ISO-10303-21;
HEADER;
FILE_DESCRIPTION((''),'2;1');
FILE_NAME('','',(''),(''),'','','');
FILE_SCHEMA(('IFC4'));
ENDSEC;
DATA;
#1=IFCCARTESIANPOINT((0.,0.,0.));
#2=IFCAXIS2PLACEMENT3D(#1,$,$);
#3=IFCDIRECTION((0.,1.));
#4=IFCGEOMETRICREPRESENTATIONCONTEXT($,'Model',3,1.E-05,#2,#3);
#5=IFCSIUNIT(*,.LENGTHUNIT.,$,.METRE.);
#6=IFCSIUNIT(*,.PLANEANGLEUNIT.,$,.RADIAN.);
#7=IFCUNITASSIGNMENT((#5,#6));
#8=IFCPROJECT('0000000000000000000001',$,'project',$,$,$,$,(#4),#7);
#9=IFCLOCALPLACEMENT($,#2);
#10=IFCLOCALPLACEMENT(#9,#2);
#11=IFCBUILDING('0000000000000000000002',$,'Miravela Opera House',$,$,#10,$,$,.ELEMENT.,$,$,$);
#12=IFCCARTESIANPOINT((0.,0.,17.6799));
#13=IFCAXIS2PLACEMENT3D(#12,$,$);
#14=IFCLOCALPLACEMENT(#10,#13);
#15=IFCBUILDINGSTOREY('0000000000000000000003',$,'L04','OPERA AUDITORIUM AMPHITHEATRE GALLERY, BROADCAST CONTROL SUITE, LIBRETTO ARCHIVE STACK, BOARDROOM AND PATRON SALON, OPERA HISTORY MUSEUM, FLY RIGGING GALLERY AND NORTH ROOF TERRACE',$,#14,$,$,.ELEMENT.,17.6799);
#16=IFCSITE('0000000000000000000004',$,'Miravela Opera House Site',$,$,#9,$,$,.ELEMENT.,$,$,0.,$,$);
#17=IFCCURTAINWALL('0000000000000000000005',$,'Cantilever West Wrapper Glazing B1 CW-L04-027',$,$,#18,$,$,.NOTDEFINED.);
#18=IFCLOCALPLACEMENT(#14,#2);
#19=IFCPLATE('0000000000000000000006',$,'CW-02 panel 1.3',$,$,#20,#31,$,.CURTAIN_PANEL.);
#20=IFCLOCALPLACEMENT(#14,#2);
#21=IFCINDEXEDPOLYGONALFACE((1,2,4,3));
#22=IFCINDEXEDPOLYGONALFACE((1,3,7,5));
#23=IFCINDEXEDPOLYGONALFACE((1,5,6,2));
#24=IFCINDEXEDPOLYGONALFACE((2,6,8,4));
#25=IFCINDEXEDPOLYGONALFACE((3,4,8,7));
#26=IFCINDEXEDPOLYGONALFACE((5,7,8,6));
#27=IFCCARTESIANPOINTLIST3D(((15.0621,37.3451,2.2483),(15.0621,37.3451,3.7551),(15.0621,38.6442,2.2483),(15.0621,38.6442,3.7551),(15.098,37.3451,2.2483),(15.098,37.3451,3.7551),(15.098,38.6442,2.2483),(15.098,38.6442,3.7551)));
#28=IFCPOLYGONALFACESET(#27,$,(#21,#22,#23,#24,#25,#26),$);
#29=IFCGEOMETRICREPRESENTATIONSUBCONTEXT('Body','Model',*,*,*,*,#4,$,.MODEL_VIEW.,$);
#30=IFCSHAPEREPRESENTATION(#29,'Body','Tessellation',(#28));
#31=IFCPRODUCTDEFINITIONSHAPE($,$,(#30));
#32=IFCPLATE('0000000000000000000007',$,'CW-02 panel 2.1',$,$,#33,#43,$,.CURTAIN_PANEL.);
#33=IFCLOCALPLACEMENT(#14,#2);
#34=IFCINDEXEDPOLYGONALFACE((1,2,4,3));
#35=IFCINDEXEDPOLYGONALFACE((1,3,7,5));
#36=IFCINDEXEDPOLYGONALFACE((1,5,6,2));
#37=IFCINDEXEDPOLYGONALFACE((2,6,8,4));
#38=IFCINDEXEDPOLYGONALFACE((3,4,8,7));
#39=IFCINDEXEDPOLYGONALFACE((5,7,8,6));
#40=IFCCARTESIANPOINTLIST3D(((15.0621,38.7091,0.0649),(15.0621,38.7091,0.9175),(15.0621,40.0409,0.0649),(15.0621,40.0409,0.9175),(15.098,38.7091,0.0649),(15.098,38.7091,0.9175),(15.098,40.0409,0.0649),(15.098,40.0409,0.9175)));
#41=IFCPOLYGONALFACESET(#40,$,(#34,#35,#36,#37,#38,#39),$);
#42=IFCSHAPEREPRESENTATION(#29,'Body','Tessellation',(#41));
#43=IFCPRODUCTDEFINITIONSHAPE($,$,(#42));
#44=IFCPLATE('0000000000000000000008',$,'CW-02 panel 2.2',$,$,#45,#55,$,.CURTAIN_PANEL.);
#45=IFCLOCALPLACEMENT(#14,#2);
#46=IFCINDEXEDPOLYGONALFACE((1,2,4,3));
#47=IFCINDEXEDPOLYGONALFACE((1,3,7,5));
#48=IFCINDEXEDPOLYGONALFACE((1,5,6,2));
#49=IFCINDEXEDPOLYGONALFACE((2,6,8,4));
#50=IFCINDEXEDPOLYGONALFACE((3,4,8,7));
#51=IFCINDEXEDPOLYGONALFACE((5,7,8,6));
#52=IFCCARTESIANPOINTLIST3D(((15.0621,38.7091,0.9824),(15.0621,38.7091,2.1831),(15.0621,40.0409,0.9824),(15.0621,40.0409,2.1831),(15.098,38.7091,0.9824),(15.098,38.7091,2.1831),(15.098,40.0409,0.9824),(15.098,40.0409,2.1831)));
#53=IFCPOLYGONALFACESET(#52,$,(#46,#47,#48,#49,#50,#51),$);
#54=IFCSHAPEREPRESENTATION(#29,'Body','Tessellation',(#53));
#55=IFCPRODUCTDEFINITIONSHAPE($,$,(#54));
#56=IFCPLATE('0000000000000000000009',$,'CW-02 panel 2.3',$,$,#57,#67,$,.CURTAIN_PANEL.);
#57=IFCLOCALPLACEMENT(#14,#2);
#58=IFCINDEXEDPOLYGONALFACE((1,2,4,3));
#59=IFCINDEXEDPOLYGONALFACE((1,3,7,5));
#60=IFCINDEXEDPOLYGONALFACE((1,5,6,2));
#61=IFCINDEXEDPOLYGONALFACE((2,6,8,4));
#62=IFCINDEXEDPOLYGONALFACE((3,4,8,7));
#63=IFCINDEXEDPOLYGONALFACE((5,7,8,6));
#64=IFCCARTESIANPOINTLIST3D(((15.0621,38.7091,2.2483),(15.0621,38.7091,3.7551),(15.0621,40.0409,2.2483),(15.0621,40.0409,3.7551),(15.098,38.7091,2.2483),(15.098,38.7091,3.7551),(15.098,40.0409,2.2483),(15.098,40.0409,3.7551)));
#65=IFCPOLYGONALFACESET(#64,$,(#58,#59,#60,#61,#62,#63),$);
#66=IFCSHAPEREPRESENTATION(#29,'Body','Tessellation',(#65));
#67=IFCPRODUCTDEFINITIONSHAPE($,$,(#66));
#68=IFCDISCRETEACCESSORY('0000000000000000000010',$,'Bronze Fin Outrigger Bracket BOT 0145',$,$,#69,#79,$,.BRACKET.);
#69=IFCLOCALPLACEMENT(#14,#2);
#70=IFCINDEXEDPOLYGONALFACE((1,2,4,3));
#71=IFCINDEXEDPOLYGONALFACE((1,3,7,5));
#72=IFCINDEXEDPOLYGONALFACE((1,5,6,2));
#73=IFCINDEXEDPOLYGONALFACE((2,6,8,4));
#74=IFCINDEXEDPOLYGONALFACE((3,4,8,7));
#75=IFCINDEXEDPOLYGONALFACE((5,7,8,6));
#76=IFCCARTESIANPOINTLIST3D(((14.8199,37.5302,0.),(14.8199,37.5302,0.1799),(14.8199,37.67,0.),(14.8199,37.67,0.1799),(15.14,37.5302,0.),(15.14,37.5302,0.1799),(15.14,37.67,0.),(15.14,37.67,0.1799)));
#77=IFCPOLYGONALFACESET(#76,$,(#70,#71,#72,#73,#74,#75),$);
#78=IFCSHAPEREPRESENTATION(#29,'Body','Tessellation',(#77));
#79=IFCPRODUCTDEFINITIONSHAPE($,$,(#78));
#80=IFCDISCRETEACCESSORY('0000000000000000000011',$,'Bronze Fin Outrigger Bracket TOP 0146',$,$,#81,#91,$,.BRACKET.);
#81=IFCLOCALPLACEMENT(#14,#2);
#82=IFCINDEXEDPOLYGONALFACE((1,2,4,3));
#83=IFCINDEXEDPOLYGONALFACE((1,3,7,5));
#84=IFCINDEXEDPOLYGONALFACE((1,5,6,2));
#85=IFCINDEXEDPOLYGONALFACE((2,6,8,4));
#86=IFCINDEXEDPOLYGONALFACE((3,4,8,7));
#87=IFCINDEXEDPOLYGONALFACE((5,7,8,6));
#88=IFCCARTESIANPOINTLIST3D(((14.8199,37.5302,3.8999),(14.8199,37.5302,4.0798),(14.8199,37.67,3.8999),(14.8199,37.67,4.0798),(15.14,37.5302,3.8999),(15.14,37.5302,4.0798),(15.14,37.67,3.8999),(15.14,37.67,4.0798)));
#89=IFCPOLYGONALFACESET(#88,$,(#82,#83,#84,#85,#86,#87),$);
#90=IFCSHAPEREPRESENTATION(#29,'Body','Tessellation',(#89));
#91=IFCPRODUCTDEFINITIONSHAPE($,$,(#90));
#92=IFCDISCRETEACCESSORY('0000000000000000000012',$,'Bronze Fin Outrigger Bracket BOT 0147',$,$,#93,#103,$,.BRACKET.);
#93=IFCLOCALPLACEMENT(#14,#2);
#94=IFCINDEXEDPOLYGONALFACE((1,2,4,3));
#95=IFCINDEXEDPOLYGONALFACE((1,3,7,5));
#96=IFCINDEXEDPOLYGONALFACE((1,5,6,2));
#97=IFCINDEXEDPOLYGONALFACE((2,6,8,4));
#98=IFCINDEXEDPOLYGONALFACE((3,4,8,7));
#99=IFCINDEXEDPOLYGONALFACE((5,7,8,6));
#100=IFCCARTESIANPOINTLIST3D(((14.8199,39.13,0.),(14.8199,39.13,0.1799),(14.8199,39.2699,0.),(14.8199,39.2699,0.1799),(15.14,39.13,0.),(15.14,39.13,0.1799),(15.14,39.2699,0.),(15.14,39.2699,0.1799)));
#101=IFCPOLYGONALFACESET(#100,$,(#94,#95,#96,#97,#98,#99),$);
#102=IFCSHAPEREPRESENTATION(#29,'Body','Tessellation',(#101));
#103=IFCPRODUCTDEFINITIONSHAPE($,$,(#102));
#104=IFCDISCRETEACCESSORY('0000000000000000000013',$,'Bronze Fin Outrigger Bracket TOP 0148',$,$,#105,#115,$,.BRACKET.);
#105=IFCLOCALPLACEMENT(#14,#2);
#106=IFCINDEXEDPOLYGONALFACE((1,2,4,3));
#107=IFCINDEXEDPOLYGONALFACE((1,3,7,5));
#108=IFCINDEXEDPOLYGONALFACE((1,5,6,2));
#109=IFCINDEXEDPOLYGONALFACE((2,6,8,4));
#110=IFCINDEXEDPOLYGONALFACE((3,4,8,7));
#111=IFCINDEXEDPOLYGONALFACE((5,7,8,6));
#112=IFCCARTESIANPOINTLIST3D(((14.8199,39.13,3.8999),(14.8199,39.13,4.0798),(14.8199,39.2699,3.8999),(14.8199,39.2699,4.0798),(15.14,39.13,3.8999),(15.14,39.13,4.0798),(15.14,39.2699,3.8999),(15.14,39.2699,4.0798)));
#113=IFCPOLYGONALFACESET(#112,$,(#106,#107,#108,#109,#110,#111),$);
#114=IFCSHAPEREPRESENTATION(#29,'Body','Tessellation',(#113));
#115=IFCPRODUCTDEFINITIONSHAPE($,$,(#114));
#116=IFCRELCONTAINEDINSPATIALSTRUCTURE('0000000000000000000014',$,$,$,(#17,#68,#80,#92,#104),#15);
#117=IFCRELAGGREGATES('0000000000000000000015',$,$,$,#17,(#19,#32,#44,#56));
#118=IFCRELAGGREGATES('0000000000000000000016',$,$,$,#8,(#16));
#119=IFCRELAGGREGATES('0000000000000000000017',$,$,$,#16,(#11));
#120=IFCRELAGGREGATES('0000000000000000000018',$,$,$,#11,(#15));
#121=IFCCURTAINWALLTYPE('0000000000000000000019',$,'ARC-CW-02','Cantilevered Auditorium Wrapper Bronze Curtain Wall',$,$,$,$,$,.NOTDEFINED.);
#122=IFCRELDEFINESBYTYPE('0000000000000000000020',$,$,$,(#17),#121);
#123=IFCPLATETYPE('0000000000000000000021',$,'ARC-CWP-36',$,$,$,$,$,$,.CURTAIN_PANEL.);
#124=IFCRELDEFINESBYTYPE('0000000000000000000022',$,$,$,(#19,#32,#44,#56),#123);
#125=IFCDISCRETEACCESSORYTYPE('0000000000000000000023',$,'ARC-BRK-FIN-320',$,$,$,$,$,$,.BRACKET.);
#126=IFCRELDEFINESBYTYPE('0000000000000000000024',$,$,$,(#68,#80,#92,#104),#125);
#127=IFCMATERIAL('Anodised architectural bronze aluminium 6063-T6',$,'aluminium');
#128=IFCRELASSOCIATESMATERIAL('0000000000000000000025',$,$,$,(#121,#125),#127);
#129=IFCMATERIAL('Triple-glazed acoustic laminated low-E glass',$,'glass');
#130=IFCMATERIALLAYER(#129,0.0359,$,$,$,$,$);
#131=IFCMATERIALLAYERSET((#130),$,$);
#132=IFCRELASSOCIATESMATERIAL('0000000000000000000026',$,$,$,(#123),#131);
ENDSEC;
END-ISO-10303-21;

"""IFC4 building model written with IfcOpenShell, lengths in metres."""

from ifc_helpers import new_model, si_unit, direction, frame, origin, origin_2d, place, context, subcontext, project, spatial, rectangle, extrude, material, layer, layer_set, type_object, element, aggregate, save


model = new_model("IFC4")

# Units and contexts
model_context = context("Model", 3, precision=1e-05, world=origin(), true_north=direction((0.0, 1.0)))
body_context = subcontext(model_context, "Body", "Model", "MODEL_VIEW")
ifc_project = project(units=[si_unit("LENGTHUNIT", "METRE"), si_unit("PLANEANGLEUNIT", "RADIAN")], contexts=[model_context])

# Site, building, storey
site_placement = place(None, origin())
site = spatial("IfcSite", under=ifc_project, at=site_placement, Name="Miravela Opera House Site", CompositionType="ELEMENT", RefElevation=0.0)
building_placement = place(site_placement, origin())
building = spatial("IfcBuilding", under=site, at=building_placement, Name="Miravela Opera House", CompositionType="ELEMENT")
storey_placement = place(building_placement, frame((0.0, 0.0, 17.6799)))
storey = spatial("IfcBuildingStorey", under=building, at=storey_placement, Name="L04", Description="OPERA AUDITORIUM AMPHITHEATRE GALLERY, BROADCAST CONTROL SUITE, LIBRETTO ARCHIVE STACK, BOARDROOM AND PATRON SALON, OPERA HISTORY MUSEUM, FLY RIGGING GALLERY AND NORTH ROOF TERRACE", CompositionType="ELEMENT", Elevation=17.6799)

# Curtain wall
ifc_material_1 = material(Name="Anodised architectural bronze aluminium 6063-T6", Category="aluminium")
curtain_wall_type = type_object("IfcCurtainWallType", Name="ARC-CW-02", Description="Cantilevered Auditorium Wrapper Bronze Curtain Wall", PredefinedType="NOTDEFINED", material=ifc_material_1)
curtain_wall_placement = place(storey_placement, origin())
curtain_wall = element("IfcCurtainWall", 1, at=curtain_wall_placement, inside=storey, type_object=curtain_wall_type, Name="Cantilever West Wrapper Glazing B1 CW-L04-027", PredefinedType="NOTDEFINED")

# Plates
ifc_material_2 = material(Name="Triple-glazed acoustic laminated low-E glass", Category="glass")
ifc_layer = layer(ifc_material_2, 0.0359)
ifc_layer_set = layer_set([ifc_layer])
plate_type = type_object("IfcPlateType", Name="ARC-CWP-36", PredefinedType="CURTAIN_PANEL", material=ifc_layer_set)
plate_1_placement = place(storey_placement, frame((15.0801, 37.9946, 2.2483), z_axis=(0.0, 0.0, 1.0), x_axis=(0.0, 1.0, 0.0)))
plate_1 = element("IfcPlate", 2, at=plate_1_placement, type_object=plate_type, Name="CW-02 panel 1.3", PredefinedType="CURTAIN_PANEL", context=body_context, shape_type="SweptSolid", body=[
    extrude(rectangle(XDim=1.2991, YDim=0.0359, at=origin_2d()), origin(), (0.0, 0.0, 1.0), 1.5068),
])
plate_2_placement = place(storey_placement, frame((15.0801, 39.375, 0.0649), z_axis=(0.0, 0.0, 1.0), x_axis=(0.0, 1.0, 0.0)))
plate_2 = element("IfcPlate", 3, at=plate_2_placement, type_object=plate_type, Name="CW-02 panel 2.1", PredefinedType="CURTAIN_PANEL", context=body_context, shape_type="SweptSolid", body=[
    extrude(rectangle(XDim=1.3318, YDim=0.0359, at=origin_2d()), origin(), (0.0, 0.0, 1.0), 0.8525),
])
plate_3_placement = place(storey_placement, frame((15.0801, 39.375, 0.9824), z_axis=(0.0, 0.0, 1.0), x_axis=(0.0, 1.0, 0.0)))
plate_3 = element("IfcPlate", 4, at=plate_3_placement, type_object=plate_type, Name="CW-02 panel 2.2", PredefinedType="CURTAIN_PANEL", context=body_context, shape_type="SweptSolid", body=[
    extrude(rectangle(XDim=1.3318, YDim=0.0359, at=origin_2d()), origin(), (0.0, 0.0, 1.0), 1.2007),
])
plate_4_placement = place(storey_placement, frame((15.0801, 39.375, 2.2483), z_axis=(0.0, 0.0, 1.0), x_axis=(0.0, 1.0, 0.0)))
plate_4 = element("IfcPlate", 5, at=plate_4_placement, type_object=plate_type, Name="CW-02 panel 2.3", PredefinedType="CURTAIN_PANEL", context=body_context, shape_type="SweptSolid", body=[
    extrude(rectangle(XDim=1.3318, YDim=0.0359, at=origin_2d()), origin(), (0.0, 0.0, 1.0), 1.5068),
])
aggregate(curtain_wall, [plate_1, plate_2, plate_3, plate_4])

# Discrete accessories
discrete_accessory_type = type_object("IfcDiscreteAccessoryType", Name="ARC-BRK-FIN-320", PredefinedType="BRACKET", material=ifc_material_1)
for number, where, z_axis, x_axis, name in (
    (6, (14.98, 37.6001, 0.0), (0.0, 0.0, 1.0), (1.0, 0.0, 0.0), "Bronze Fin Outrigger Bracket BOT 0145"),
    (7, (14.98, 37.6001, 3.8999), (0.0, 0.0, 1.0), (1.0, 0.0, 0.0), "Bronze Fin Outrigger Bracket TOP 0146"),
    (8, (14.98, 39.2, 0.0), (0.0, 0.0, 1.0), (1.0, 0.0, 0.0), "Bronze Fin Outrigger Bracket BOT 0147"),
    (9, (14.98, 39.2, 3.8999), (0.0, 0.0, 1.0), (1.0, 0.0, 0.0), "Bronze Fin Outrigger Bracket TOP 0148"),
):
    element("IfcDiscreteAccessory", number, at=place(storey_placement, frame(where, z_axis=z_axis, x_axis=x_axis)), inside=storey, type_object=discrete_accessory_type, Name=name, PredefinedType="BRACKET", context=body_context, shape_type="SweptSolid", body=[
        extrude(rectangle(XDim=0.3201, YDim=0.1399, at=origin_2d()), origin(), (0.0, 0.0, 1.0), 0.1799),
    ])

save(model, "model.ifc")
